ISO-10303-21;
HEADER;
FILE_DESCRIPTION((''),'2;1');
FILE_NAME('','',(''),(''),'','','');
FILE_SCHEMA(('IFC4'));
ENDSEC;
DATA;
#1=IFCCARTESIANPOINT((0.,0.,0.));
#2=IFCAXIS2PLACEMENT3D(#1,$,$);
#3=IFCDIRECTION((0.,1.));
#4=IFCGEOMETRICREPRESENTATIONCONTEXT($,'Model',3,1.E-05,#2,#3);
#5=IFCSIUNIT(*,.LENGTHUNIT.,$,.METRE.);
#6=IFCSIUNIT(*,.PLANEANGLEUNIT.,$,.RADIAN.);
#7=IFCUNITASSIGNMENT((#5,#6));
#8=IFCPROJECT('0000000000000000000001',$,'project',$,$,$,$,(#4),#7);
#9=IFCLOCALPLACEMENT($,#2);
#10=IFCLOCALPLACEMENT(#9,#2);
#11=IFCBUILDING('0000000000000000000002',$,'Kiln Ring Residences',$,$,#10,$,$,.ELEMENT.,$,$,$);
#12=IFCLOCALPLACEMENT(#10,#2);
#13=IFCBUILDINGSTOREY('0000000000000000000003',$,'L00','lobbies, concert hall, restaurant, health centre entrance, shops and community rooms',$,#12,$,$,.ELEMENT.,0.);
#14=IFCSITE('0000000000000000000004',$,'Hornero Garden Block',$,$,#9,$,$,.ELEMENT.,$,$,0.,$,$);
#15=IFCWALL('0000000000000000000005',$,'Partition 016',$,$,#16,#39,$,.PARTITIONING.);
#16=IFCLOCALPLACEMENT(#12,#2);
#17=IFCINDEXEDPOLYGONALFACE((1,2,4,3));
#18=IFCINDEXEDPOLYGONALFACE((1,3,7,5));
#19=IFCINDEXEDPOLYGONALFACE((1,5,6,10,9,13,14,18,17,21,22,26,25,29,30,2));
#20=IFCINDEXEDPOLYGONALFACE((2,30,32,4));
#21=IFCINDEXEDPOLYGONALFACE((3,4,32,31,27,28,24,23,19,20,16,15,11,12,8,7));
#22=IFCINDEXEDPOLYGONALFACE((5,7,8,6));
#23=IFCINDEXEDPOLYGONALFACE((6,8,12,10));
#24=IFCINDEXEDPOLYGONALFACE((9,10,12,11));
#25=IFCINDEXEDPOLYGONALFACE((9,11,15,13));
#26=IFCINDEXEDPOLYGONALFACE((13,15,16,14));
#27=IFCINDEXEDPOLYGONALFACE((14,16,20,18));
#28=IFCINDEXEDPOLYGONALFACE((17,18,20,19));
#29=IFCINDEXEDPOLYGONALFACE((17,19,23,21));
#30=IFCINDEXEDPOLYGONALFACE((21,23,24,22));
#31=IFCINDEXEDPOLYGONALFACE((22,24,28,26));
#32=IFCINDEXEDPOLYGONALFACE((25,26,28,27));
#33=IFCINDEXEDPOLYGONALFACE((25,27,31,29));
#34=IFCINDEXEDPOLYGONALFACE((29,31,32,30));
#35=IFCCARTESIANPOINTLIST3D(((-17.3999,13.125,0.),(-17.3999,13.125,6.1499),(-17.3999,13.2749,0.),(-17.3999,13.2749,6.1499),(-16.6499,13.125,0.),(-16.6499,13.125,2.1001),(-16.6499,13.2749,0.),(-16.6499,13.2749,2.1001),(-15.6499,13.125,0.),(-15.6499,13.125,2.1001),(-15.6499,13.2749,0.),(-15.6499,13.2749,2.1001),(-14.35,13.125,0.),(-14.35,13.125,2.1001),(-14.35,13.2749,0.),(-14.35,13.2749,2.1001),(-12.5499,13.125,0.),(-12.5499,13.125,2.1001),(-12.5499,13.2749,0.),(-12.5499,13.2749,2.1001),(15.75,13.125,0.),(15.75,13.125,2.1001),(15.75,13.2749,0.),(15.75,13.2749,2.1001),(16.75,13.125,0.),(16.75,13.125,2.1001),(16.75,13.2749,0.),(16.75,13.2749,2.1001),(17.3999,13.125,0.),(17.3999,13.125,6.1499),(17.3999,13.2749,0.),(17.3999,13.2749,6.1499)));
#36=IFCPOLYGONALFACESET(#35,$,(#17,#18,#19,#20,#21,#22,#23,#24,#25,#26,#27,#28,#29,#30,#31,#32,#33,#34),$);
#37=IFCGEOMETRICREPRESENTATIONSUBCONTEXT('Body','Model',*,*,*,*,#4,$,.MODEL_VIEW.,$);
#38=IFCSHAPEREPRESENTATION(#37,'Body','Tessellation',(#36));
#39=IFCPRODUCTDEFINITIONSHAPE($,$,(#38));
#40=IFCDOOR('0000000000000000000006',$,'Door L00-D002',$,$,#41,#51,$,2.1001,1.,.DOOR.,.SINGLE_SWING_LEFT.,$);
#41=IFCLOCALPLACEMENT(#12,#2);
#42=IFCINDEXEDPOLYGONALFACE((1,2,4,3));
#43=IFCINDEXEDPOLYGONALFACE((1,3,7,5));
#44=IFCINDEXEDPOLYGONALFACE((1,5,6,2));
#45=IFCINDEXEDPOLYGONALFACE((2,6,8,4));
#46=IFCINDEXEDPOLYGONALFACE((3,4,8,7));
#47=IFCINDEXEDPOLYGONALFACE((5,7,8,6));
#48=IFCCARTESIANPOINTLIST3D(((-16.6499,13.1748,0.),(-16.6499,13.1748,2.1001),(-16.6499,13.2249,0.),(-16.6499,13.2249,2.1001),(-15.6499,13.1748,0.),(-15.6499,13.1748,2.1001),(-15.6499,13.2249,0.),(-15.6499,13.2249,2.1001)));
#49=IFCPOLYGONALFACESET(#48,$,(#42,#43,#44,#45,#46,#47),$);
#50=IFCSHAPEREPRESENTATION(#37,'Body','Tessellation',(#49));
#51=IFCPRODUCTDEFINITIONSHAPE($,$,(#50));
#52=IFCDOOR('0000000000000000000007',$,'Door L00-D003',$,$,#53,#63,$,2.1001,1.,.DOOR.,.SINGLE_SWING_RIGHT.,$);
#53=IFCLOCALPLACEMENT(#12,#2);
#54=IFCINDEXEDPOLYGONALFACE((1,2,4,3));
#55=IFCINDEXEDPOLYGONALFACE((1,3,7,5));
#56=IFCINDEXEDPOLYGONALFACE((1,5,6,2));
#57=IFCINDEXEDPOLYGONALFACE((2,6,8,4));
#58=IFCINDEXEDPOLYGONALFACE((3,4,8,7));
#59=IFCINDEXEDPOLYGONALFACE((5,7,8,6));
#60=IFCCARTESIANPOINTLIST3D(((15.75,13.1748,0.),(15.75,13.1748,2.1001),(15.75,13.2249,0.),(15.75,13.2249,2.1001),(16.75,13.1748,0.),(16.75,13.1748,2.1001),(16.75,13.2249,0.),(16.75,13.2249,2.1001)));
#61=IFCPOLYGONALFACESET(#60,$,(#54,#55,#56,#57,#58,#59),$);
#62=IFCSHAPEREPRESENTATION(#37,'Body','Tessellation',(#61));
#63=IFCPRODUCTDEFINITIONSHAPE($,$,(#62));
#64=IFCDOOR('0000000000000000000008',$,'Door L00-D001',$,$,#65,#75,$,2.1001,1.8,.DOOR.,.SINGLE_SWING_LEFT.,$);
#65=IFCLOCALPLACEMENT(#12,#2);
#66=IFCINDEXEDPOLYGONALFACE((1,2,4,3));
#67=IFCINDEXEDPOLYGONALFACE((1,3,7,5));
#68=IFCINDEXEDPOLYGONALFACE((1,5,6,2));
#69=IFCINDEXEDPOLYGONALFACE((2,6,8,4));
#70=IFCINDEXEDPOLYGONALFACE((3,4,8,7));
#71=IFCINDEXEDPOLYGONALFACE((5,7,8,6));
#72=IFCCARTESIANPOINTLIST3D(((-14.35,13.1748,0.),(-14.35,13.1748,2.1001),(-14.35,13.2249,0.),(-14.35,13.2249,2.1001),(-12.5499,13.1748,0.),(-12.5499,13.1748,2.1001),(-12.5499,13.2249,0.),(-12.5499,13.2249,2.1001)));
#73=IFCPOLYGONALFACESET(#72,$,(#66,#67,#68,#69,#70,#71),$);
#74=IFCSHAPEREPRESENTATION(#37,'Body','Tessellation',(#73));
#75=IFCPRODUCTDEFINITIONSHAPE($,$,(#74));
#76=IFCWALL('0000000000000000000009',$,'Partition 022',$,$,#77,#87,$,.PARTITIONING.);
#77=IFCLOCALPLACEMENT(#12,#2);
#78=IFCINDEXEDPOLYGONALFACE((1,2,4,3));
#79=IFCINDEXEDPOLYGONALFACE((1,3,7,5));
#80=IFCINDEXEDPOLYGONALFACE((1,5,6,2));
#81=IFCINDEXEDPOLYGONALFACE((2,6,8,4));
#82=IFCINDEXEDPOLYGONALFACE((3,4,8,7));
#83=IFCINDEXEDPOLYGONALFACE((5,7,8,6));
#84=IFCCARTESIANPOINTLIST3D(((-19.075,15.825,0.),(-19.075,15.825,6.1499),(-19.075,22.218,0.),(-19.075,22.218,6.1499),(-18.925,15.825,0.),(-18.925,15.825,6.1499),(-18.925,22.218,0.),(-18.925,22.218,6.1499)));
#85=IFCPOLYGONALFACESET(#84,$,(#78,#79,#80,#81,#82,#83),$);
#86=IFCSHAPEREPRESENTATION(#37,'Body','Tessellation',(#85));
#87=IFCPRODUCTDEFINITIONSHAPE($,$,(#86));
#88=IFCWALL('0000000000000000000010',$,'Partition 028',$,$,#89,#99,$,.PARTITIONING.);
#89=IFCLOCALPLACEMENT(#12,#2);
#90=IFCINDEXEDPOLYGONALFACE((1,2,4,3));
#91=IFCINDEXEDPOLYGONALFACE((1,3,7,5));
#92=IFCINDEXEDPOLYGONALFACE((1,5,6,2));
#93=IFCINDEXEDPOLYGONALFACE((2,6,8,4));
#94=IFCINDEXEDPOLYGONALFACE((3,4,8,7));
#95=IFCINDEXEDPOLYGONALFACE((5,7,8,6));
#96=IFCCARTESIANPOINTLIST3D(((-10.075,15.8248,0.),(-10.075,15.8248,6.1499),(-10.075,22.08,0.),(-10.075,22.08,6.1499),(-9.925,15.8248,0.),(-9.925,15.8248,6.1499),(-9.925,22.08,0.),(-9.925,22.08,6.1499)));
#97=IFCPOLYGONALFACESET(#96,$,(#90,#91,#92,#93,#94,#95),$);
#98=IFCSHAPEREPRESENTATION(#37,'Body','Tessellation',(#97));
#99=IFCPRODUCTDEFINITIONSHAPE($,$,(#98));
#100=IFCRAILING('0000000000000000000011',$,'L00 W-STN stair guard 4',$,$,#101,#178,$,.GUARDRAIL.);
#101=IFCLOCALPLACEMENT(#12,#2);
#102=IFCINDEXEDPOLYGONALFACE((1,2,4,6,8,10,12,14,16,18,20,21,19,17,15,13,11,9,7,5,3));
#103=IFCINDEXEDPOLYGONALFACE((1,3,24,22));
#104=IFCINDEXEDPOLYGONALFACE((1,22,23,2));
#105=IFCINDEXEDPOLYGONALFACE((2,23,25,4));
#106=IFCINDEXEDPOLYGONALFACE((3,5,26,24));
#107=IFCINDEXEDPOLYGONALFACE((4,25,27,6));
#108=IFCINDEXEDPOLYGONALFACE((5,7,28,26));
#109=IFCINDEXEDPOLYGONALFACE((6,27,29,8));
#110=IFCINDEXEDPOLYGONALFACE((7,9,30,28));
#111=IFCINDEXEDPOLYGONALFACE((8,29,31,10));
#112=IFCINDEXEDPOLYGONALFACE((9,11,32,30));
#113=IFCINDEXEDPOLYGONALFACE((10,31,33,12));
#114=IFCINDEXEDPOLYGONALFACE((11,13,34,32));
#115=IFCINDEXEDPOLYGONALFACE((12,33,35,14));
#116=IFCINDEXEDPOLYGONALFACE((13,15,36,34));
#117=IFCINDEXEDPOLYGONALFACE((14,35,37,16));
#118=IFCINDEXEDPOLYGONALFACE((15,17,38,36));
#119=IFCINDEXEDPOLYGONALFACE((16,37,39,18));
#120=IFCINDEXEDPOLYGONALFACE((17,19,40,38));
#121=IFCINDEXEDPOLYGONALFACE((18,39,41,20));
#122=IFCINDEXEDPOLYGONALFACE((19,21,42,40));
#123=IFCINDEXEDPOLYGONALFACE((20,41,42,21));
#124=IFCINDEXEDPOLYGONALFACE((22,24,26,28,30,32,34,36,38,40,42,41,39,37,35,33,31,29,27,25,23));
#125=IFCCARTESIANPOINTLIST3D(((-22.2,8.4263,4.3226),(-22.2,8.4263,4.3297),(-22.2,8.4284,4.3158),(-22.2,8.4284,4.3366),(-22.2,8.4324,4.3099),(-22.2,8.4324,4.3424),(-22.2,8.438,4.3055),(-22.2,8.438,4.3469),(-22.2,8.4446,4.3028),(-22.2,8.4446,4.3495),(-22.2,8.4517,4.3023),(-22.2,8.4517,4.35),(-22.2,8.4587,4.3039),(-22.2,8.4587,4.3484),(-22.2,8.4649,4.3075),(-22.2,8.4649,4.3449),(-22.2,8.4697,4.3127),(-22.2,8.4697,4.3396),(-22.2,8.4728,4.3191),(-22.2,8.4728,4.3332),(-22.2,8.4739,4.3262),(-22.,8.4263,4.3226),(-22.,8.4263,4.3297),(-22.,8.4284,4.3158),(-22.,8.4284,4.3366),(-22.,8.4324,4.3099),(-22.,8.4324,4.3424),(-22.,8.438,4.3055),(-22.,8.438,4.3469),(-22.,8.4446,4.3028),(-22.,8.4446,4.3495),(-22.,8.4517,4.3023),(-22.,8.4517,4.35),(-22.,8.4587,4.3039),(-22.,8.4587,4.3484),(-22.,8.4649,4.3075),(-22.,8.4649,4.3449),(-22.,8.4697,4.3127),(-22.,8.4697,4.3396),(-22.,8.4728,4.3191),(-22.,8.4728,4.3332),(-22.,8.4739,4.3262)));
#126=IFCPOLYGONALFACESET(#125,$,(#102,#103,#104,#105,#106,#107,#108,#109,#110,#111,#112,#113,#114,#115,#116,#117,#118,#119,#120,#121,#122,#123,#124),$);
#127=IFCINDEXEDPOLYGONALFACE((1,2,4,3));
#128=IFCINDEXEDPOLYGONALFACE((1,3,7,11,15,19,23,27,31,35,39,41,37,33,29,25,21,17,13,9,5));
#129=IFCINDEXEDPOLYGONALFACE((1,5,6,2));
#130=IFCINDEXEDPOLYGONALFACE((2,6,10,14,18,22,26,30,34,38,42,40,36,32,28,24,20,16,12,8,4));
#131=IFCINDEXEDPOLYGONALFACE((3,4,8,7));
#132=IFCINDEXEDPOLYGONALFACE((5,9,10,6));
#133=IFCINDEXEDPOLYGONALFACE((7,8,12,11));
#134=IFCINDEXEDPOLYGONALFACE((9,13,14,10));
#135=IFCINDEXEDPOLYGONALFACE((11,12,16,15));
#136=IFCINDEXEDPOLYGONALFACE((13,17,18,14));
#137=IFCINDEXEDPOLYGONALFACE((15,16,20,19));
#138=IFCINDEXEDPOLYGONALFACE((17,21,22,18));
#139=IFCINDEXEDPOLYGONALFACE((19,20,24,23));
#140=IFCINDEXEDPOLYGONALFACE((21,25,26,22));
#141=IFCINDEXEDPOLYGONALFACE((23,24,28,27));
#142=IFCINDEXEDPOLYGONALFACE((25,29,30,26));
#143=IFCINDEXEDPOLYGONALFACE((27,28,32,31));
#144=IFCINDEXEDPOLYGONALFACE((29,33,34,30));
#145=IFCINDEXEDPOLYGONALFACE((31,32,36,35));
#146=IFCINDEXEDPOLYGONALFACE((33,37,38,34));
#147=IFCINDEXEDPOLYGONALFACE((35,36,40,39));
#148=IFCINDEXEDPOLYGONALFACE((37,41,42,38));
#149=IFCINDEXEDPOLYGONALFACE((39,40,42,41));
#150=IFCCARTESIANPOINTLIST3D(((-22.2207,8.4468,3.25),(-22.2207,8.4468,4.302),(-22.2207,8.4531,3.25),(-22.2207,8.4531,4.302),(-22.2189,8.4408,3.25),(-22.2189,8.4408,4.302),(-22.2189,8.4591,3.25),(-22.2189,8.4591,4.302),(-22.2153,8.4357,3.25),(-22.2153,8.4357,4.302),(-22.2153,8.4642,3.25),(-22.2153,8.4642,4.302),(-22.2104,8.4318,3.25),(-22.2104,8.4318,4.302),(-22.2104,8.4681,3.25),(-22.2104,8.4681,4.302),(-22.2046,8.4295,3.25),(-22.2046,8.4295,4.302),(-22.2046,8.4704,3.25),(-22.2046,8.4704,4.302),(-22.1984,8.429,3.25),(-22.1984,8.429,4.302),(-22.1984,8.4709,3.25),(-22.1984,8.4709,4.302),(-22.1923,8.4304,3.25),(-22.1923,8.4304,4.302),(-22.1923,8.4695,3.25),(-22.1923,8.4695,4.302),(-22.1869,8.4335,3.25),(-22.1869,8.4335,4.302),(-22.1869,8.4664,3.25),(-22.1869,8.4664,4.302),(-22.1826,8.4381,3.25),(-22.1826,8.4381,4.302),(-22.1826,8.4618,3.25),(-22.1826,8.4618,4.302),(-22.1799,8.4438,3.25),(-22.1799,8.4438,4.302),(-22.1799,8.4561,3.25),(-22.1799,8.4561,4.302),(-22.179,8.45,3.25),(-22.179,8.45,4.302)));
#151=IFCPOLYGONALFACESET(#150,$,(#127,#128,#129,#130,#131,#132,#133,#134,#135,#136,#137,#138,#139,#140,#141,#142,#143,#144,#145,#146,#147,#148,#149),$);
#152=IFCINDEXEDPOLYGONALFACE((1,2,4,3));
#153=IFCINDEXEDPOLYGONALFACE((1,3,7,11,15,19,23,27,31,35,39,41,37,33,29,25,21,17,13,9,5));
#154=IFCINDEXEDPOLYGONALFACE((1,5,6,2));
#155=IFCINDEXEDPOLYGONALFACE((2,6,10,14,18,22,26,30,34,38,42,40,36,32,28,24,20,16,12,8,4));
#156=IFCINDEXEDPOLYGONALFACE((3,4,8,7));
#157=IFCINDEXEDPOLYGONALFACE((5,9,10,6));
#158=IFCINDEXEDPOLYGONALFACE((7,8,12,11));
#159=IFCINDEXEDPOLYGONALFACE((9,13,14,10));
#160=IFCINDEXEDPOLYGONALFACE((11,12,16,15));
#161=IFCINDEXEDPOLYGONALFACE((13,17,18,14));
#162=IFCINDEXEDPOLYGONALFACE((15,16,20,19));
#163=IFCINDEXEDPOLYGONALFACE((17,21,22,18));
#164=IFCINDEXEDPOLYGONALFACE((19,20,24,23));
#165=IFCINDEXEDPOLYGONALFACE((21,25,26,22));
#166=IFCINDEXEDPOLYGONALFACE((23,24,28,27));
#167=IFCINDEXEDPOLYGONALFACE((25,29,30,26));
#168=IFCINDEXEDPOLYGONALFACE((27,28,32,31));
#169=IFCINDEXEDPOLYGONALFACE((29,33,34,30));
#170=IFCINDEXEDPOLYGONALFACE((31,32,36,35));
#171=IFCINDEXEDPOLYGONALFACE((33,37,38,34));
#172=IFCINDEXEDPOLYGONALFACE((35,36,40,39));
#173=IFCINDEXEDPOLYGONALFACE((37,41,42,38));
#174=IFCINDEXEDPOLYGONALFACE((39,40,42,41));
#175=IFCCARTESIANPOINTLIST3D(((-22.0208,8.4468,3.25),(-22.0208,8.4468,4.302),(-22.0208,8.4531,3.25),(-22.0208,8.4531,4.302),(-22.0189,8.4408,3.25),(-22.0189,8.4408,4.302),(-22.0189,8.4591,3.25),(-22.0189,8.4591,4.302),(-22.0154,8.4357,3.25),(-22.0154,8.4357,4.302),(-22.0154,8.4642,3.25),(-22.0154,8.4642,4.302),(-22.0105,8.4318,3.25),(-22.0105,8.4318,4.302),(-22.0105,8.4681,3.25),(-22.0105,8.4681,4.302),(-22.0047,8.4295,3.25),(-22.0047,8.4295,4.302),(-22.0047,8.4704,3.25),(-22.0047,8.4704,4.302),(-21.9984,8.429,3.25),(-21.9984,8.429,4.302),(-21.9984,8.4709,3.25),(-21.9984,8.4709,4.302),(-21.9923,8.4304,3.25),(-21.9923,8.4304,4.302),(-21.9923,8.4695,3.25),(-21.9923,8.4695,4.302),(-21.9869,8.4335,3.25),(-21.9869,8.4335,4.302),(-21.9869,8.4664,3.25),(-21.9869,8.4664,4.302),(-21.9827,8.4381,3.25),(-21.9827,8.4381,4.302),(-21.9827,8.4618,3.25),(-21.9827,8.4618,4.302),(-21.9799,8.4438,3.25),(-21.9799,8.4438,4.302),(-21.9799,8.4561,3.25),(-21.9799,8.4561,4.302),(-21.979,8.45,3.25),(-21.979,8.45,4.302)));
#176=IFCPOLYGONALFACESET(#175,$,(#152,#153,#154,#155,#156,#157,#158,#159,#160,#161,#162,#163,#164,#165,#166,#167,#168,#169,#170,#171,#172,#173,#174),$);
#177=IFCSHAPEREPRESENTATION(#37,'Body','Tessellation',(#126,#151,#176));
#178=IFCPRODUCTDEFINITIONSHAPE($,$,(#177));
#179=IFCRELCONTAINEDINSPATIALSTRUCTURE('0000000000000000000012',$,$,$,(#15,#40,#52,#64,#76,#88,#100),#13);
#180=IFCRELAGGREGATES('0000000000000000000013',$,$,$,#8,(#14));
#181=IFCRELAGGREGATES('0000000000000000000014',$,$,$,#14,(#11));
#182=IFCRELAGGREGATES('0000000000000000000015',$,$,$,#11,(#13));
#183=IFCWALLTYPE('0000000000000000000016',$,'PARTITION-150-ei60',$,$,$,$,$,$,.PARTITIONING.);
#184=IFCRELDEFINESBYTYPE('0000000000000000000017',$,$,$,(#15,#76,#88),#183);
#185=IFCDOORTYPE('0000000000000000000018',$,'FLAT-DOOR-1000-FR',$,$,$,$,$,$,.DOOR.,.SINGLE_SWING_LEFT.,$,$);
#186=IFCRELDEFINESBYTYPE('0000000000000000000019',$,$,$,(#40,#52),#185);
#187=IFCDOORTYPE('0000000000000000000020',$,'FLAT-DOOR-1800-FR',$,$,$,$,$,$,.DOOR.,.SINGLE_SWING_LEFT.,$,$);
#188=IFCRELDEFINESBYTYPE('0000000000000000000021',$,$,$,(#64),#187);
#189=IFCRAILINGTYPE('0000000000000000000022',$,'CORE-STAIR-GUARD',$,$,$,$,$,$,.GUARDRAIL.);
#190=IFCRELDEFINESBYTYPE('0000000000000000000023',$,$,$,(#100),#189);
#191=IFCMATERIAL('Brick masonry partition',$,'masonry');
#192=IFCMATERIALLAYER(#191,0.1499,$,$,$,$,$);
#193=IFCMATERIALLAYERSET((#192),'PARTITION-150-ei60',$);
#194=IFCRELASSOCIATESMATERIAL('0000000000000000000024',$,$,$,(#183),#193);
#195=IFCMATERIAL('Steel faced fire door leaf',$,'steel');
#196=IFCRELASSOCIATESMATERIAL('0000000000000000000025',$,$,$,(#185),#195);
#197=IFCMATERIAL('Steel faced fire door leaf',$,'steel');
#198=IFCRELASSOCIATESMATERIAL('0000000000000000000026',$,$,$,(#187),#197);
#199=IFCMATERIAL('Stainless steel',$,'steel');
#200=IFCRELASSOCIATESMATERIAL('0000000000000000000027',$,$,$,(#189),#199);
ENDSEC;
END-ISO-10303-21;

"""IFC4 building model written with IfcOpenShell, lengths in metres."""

from ifc_helpers import new_model, si_unit, direction, frame, frame_2d, origin, origin_2d, place, context, subcontext, project, spatial, rectangle, circle, extrude, material, layer, layer_set, type_object, element, fill, save


model = new_model("IFC4")

# Units and contexts
model_context = context("Model", 3, precision=1e-05, world=origin(), true_north=direction((0.0, 1.0)))
body_context = subcontext(model_context, "Body", "Model", "MODEL_VIEW")
ifc_project = project(units=[si_unit("LENGTHUNIT", "METRE"), si_unit("PLANEANGLEUNIT", "RADIAN")], contexts=[model_context])

# Site, building, storey
site_placement = place(None, origin())
site = spatial("IfcSite", under=ifc_project, at=site_placement, Name="Hornero Garden Block", CompositionType="ELEMENT", RefElevation=0.0)
building_placement = place(site_placement, origin())
building = spatial("IfcBuilding", under=site, at=building_placement, Name="Kiln Ring Residences", CompositionType="ELEMENT")
storey_placement = place(building_placement, origin())
storey = spatial("IfcBuildingStorey", under=building, at=storey_placement, Name="L00", Description="lobbies, concert hall, restaurant, health centre entrance, shops and community rooms", CompositionType="ELEMENT", Elevation=0.0)

# Wall, openings, doors
ifc_material_1 = material(Name="Brick masonry partition", Category="masonry")
ifc_layer_1 = layer(ifc_material_1, 0.1499)
ifc_layer_set_1 = layer_set([ifc_layer_1], Name="PARTITION-150-ei60")
wall_type_1 = type_object("IfcWallType", Name="PARTITION-150-ei60", PredefinedType="PARTITIONING", material=ifc_layer_set_1)
wall_1_placement = place(storey_placement, frame((-17.3999, 13.2, 0.0), z_axis=(0.0, 0.0, 1.0), x_axis=(1.0, 0.0, 0.0)))
wall_1 = element("IfcWall", 1, at=wall_1_placement, inside=storey, type_object=wall_type_1, Name="Partition 016", PredefinedType="PARTITIONING", context=body_context, shape_type="SweptSolid", body=[
    extrude(rectangle(XDim=34.7998, YDim=0.1499, at=frame_2d((17.3999, 0.0))), origin(), (0.0, 0.0, 1.0), 6.1499),
])
opening_1_placement = place(wall_1_placement, frame((3.05, 0.0, 0.0)))
opening_1 = element("IfcOpeningElement", 2, at=opening_1_placement, cuts=wall_1, PredefinedType="OPENING", context=body_context, shape_type="SweptSolid", body=[
    extrude(rectangle(XDim=1.8, YDim=2.1001, at=frame_2d((0.8999, 1.05))), frame((0.0, 0.085, 0.0), z_axis=(0.0, -1.0, 0.0), x_axis=(1.0, 0.0, 0.0)), (0.0, 0.0, 1.0), 0.1699),
])
opening_2_placement = place(wall_1_placement, frame((0.75, 0.0, 0.0)))
opening_2 = element("IfcOpeningElement", 3, at=opening_2_placement, cuts=wall_1, PredefinedType="OPENING", context=body_context, shape_type="SweptSolid", body=[
    extrude(rectangle(XDim=1.0, YDim=2.1001, at=frame_2d((0.5, 1.05))), frame((0.0, 0.085, 0.0), z_axis=(0.0, -1.0, 0.0), x_axis=(1.0, 0.0, 0.0)), (0.0, 0.0, 1.0), 0.1699),
])
opening_3_placement = place(wall_1_placement, frame((33.1499, 0.0, 0.0)))
opening_3 = element("IfcOpeningElement", 4, at=opening_3_placement, cuts=wall_1, PredefinedType="OPENING", context=body_context, shape_type="SweptSolid", body=[
    extrude(rectangle(XDim=1.0, YDim=2.1001, at=frame_2d((0.5, 1.05))), frame((0.0, 0.085, 0.0), z_axis=(0.0, -1.0, 0.0), x_axis=(1.0, 0.0, 0.0)), (0.0, 0.0, 1.0), 0.1699),
])
ifc_material_2 = material(Name="Steel faced fire door leaf", Category="steel")
door_type_1 = type_object("IfcDoorType", Name="FLAT-DOOR-1000-FR", OperationType="SINGLE_SWING_LEFT", PredefinedType="DOOR", material=ifc_material_2)
door_1_placement = place(opening_2_placement, origin())
door_1 = element("IfcDoor", 5, at=door_1_placement, inside=storey, type_object=door_type_1, Name="Door L00-D002", OperationType="SINGLE_SWING_LEFT", OverallHeight=2.1001, OverallWidth=1.0, PredefinedType="DOOR", context=body_context, shape_type="SweptSolid", body=[
    extrude(rectangle(XDim=1.0, YDim=2.1001, at=frame_2d((0.5, 1.05))), frame((0.0, 0.0249, 0.0), z_axis=(0.0, -1.0, 0.0), x_axis=(1.0, 0.0, 0.0)), (0.0, 0.0, 1.0), 0.05),
])
fill(opening_2, door_1)
door_2_placement = place(opening_3_placement, origin())
door_2 = element("IfcDoor", 6, at=door_2_placement, inside=storey, type_object=door_type_1, Name="Door L00-D003", OperationType="SINGLE_SWING_RIGHT", OverallHeight=2.1001, OverallWidth=1.0, PredefinedType="DOOR", context=body_context, shape_type="SweptSolid", body=[
    extrude(rectangle(XDim=1.0, YDim=2.1001, at=frame_2d((0.5, 1.05))), frame((0.0, 0.0249, 0.0), z_axis=(0.0, -1.0, 0.0), x_axis=(1.0, 0.0, 0.0)), (0.0, 0.0, 1.0), 0.05),
])
fill(opening_3, door_2)
ifc_material_3 = material(Name="Steel faced fire door leaf", Category="steel")
door_type_2 = type_object("IfcDoorType", Name="FLAT-DOOR-1800-FR", OperationType="SINGLE_SWING_LEFT", PredefinedType="DOOR", material=ifc_material_3)
door_3_placement = place(opening_1_placement, origin())
door_3 = element("IfcDoor", 7, at=door_3_placement, inside=storey, type_object=door_type_2, Name="Door L00-D001", OperationType="SINGLE_SWING_LEFT", OverallHeight=2.1001, OverallWidth=1.8, PredefinedType="DOOR", context=body_context, shape_type="SweptSolid", body=[
    extrude(rectangle(XDim=1.8, YDim=2.1001, at=frame_2d((0.8999, 1.05))), frame((0.0, 0.0249, 0.0), z_axis=(0.0, -1.0, 0.0), x_axis=(1.0, 0.0, 0.0)), (0.0, 0.0, 1.0), 0.05),
])
fill(opening_1, door_3)

# Walls
wall_2_placement = place(storey_placement, frame((-19.0, 15.825, 0.0), z_axis=(0.0, 0.0, 1.0), x_axis=(0.0, 1.0, 0.0)))
element("IfcWall", 8, at=wall_2_placement, inside=storey, type_object=wall_type_1, Name="Partition 022", PredefinedType="PARTITIONING", context=body_context, shape_type="SweptSolid", body=[
    extrude(rectangle(XDim=6.3931, YDim=0.1499, at=frame_2d((3.1965, 0.0))), origin(), (0.0, 0.0, 1.0), 6.1499),
])
wall_3_placement = place(storey_placement, frame((-10.0, 15.825, 0.0), z_axis=(0.0, 0.0, 1.0), x_axis=(0.0, 1.0, 0.0)))
element("IfcWall", 9, at=wall_3_placement, inside=storey, type_object=wall_type_1, Name="Partition 028", PredefinedType="PARTITIONING", context=body_context, shape_type="SweptSolid", body=[
    extrude(rectangle(XDim=6.2551, YDim=0.1499, at=frame_2d((3.1274, 0.0))), origin(), (0.0, 0.0, 1.0), 6.1499),
])

# Railing
ifc_material_4 = material(Name="Stainless steel", Category="steel")
railing_type = type_object("IfcRailingType", Name="CORE-STAIR-GUARD", PredefinedType="GUARDRAIL", material=ifc_material_4)
for number, where, name in (
    (10, (-22.2, 8.45, 3.25), "L00 W-STN stair guard 4"),
):
    element("IfcRailing", number, at=place(storey_placement, frame(where)), inside=storey, type_object=railing_type, Name=name, PredefinedType="GUARDRAIL", context=body_context, shape_type="SweptSolid", body=[
        extrude(circle(Radius=0.0239, at=origin_2d()), frame((0.0, 0.0, 1.0762), z_axis=(1.0, 0.0, 0.0), x_axis=(0.0, 1.0, 0.0)), (0.0, 0.0, 1.0), 0.2),
        extrude(circle(Radius=0.021, at=origin_2d()), origin(), (0.0, 0.0, 1.0), 1.052),
        extrude(circle(Radius=0.021, at=origin_2d()), frame((0.2, 0.0, 0.0)), (0.0, 0.0, 1.0), 1.052),
    ])

save(model, "model.ifc")
